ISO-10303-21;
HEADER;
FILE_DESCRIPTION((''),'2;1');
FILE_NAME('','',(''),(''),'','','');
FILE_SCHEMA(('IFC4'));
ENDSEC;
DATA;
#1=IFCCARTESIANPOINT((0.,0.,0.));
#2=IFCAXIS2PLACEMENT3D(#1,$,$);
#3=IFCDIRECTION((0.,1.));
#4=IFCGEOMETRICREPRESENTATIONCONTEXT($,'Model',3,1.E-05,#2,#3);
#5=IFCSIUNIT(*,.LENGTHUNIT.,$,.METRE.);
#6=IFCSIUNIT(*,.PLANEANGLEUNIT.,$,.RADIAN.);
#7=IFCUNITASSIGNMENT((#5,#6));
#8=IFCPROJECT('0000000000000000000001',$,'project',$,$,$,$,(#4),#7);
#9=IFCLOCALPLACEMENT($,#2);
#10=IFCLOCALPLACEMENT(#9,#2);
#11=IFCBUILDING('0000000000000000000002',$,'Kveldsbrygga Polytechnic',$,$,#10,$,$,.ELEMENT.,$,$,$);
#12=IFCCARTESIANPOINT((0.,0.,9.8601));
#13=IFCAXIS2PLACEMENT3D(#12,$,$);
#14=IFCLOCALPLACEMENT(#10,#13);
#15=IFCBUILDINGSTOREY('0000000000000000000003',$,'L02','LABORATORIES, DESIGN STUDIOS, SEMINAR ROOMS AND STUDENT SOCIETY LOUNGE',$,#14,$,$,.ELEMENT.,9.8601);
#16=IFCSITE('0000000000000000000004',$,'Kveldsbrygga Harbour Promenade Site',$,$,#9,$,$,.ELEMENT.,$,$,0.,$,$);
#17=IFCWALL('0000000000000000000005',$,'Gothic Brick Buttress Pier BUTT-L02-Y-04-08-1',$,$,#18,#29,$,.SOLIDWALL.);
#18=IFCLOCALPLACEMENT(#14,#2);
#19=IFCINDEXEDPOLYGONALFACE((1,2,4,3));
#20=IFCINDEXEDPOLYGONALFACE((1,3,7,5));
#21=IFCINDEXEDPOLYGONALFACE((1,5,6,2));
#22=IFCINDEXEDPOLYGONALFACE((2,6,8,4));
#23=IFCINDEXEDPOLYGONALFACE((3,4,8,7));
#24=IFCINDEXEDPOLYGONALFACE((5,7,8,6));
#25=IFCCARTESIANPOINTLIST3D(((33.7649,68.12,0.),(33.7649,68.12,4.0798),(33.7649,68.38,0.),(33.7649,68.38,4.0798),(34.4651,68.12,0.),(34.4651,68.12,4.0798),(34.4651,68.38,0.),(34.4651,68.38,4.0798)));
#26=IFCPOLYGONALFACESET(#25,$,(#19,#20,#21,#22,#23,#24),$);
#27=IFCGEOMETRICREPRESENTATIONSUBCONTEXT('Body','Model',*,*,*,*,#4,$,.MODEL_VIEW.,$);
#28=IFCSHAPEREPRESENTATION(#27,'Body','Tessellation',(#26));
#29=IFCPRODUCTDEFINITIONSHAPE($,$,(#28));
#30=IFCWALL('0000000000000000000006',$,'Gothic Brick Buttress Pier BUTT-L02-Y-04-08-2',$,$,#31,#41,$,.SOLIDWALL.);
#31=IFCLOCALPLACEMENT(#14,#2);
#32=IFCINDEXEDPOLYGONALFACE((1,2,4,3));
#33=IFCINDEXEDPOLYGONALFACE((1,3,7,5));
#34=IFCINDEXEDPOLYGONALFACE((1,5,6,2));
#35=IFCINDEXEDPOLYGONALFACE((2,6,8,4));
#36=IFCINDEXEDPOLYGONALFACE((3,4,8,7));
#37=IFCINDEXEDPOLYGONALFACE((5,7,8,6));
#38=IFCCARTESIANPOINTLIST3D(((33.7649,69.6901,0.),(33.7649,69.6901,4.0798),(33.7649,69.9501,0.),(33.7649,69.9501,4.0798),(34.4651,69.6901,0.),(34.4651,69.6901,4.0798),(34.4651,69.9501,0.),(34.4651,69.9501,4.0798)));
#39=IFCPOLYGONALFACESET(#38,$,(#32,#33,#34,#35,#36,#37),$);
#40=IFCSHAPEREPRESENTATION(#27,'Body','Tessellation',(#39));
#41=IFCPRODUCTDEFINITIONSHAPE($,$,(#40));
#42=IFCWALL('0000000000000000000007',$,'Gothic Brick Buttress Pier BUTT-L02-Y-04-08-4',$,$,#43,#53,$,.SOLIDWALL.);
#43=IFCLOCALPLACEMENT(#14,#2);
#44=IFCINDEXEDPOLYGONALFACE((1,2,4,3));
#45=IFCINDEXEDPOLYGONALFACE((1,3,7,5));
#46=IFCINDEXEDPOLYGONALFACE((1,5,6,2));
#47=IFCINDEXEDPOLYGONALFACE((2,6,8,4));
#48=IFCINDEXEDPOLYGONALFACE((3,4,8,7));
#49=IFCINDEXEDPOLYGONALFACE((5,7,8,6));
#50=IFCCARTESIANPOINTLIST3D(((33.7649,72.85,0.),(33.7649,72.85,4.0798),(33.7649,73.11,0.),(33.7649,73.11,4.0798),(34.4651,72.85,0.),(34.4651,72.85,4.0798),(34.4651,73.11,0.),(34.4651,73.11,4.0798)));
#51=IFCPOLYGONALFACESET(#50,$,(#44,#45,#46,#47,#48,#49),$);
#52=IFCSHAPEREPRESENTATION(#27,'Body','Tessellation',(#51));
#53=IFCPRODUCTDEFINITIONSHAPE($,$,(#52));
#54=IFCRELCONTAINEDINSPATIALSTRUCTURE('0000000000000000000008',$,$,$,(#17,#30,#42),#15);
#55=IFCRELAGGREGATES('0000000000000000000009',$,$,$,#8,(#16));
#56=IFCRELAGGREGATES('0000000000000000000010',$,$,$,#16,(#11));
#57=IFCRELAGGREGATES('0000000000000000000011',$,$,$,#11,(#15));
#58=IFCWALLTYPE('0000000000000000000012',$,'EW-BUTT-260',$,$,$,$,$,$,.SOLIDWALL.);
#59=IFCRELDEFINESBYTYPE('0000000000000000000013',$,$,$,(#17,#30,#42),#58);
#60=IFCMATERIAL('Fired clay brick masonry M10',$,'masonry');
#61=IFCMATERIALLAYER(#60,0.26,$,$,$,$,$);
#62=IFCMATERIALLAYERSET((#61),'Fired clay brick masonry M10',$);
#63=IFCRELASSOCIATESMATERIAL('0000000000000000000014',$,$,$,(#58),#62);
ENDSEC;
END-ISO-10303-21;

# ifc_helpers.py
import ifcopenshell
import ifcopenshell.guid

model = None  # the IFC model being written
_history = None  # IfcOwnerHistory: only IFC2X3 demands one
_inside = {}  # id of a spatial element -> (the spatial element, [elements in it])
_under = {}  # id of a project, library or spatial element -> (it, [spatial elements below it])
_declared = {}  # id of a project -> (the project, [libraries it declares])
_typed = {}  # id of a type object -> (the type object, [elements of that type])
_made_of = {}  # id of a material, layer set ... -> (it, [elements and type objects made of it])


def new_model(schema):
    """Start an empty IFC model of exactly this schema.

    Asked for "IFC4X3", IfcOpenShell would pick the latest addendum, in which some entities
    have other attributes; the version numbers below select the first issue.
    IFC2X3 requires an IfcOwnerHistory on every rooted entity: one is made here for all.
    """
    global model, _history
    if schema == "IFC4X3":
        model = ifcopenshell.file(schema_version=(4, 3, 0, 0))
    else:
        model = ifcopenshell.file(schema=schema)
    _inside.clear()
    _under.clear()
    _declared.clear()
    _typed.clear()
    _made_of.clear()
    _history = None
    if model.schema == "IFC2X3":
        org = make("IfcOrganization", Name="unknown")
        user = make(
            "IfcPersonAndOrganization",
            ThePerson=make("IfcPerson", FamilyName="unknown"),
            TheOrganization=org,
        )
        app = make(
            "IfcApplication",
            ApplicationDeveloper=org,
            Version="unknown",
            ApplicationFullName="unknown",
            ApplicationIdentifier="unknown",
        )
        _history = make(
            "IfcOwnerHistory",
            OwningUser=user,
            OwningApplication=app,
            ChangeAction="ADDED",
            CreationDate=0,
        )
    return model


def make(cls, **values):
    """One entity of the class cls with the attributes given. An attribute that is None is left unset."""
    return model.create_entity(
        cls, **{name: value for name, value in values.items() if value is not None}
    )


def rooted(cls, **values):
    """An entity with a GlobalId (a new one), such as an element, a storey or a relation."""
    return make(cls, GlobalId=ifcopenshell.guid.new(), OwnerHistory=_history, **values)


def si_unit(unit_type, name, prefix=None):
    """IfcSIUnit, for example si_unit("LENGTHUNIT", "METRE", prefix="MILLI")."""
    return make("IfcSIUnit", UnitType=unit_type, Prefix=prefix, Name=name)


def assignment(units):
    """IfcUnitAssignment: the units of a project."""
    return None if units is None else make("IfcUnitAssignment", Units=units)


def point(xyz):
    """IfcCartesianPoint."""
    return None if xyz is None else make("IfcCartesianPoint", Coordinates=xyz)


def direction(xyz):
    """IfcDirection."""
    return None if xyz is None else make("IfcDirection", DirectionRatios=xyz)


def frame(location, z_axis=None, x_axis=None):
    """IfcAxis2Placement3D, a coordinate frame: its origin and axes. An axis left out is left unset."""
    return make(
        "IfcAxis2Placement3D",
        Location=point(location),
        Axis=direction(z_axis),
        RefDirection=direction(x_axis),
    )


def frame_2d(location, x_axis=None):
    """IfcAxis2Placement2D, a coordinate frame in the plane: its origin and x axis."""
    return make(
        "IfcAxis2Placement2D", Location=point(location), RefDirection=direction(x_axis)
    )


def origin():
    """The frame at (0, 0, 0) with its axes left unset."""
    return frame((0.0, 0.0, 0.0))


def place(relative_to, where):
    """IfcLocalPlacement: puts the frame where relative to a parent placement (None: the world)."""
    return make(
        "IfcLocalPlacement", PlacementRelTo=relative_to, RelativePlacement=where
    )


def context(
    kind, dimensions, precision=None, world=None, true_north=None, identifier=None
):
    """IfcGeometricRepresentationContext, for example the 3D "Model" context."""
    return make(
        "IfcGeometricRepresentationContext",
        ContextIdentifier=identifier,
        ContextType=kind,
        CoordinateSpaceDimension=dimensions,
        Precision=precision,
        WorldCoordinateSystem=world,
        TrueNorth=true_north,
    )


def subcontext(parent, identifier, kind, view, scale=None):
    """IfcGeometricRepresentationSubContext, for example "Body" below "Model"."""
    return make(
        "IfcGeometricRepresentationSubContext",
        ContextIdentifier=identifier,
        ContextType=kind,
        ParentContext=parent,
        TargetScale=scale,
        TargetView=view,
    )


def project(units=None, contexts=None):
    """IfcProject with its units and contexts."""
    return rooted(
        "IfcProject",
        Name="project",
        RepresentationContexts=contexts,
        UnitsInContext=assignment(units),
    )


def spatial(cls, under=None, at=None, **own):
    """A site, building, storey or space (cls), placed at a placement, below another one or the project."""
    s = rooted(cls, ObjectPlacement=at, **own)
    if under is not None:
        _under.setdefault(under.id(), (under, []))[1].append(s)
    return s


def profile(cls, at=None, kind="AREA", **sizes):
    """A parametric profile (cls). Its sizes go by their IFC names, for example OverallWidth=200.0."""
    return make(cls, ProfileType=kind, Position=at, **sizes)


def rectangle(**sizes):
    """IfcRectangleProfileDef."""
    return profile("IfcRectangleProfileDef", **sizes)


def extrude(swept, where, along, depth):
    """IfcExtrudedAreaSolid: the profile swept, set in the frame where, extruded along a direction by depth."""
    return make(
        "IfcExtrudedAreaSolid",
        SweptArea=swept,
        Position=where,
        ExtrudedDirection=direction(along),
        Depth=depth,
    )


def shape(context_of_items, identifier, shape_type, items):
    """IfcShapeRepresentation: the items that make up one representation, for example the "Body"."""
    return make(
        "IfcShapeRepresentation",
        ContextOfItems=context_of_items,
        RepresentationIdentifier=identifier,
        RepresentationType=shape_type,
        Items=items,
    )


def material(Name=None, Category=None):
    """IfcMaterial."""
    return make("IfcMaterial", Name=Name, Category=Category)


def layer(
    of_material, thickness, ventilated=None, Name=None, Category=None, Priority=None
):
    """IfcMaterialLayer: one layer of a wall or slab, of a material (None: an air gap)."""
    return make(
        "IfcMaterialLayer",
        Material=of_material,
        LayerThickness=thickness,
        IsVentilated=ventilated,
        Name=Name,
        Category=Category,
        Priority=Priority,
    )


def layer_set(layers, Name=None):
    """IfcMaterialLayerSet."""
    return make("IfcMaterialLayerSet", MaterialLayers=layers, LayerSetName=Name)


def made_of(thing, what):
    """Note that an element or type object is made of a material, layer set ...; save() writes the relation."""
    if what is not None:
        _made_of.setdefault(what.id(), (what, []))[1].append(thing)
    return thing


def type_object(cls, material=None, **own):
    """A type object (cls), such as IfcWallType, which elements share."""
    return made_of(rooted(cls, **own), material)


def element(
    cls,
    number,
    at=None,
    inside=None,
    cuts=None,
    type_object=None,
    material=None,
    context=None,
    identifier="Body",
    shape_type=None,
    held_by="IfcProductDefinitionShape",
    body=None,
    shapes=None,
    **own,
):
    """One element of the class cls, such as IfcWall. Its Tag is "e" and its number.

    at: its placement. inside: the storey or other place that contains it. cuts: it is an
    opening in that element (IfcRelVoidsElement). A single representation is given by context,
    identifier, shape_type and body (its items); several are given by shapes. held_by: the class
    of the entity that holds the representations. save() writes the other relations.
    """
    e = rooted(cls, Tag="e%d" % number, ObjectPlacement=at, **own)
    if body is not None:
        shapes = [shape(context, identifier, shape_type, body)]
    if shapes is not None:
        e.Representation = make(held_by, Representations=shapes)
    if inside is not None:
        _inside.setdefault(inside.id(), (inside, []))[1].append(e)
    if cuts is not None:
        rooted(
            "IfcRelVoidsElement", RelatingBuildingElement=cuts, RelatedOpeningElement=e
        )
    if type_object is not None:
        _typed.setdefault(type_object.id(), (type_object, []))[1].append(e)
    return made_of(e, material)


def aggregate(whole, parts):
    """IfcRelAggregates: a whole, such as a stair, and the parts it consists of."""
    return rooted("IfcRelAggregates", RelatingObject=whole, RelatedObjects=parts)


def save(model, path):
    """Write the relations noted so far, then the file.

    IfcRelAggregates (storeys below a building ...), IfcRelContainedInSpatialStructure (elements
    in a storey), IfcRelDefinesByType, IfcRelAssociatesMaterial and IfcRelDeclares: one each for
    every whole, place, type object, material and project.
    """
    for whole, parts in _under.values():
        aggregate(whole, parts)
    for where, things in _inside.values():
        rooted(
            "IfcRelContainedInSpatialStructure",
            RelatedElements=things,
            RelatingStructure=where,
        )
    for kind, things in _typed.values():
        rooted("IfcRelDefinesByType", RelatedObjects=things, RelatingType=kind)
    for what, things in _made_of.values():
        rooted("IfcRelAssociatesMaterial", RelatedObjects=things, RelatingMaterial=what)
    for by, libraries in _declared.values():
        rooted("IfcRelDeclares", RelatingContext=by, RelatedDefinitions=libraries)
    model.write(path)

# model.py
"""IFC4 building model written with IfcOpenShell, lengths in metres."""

from ifc_helpers import new_model, si_unit, direction, frame, frame_2d, origin, place, context, subcontext, project, spatial, rectangle, extrude, material, layer, layer_set, type_object, element, save


model = new_model("IFC4")

# Units and contexts
model_context = context("Model", 3, precision=1e-05, world=origin(), true_north=direction((0.0, 1.0)))
body_context = subcontext(model_context, "Body", "Model", "MODEL_VIEW")
ifc_project = project(units=[si_unit("LENGTHUNIT", "METRE"), si_unit("PLANEANGLEUNIT", "RADIAN")], contexts=[model_context])

# Site, building, storey
site_placement = place(None, origin())
site = spatial("IfcSite", under=ifc_project, at=site_placement, Name="Kveldsbrygga Harbour Promenade Site", CompositionType="ELEMENT", RefElevation=0.0)
building_placement = place(site_placement, origin())
building = spatial("IfcBuilding", under=site, at=building_placement, Name="Kveldsbrygga Polytechnic", CompositionType="ELEMENT")
storey_placement = place(building_placement, frame((0.0, 0.0, 9.8601)))
storey = spatial("IfcBuildingStorey", under=building, at=storey_placement, Name="L02", Description="LABORATORIES, DESIGN STUDIOS, SEMINAR ROOMS AND STUDENT SOCIETY LOUNGE", CompositionType="ELEMENT", Elevation=9.8601)

# Walls
ifc_material = material(Name="Fired clay brick masonry M10", Category="masonry")
ifc_layer = layer(ifc_material, 0.26)
ifc_layer_set = layer_set([ifc_layer], Name="Fired clay brick masonry M10")
wall_type = type_object("IfcWallType", Name="EW-BUTT-260", PredefinedType="SOLIDWALL", material=ifc_layer_set)
for number, where, z_axis, x_axis, name in (
    (1, (33.7649, 68.25, 0.0), (0.0, 0.0, 1.0), (1.0, 0.0, 0.0), "Gothic Brick Buttress Pier BUTT-L02-Y-04-08-1"),
    (2, (33.7649, 69.8201, 0.0), (0.0, 0.0, 1.0), (1.0, 0.0, 0.0), "Gothic Brick Buttress Pier BUTT-L02-Y-04-08-2"),
    (3, (33.7649, 72.98, 0.0), (0.0, 0.0, 1.0), (1.0, 0.0, 0.0), "Gothic Brick Buttress Pier BUTT-L02-Y-04-08-4"),
):
    element("IfcWall", number, at=place(storey_placement, frame(where, z_axis=z_axis, x_axis=x_axis)), inside=storey, type_object=wall_type, Name=name, PredefinedType="SOLIDWALL", context=body_context, shape_type="SweptSolid", body=[
        extrude(rectangle(XDim=0.7002, YDim=0.26, at=frame_2d((0.3501, 0.0))), origin(), (0.0, 0.0, 1.0), 4.0798),
    ])

save(model, "model.ifc")
